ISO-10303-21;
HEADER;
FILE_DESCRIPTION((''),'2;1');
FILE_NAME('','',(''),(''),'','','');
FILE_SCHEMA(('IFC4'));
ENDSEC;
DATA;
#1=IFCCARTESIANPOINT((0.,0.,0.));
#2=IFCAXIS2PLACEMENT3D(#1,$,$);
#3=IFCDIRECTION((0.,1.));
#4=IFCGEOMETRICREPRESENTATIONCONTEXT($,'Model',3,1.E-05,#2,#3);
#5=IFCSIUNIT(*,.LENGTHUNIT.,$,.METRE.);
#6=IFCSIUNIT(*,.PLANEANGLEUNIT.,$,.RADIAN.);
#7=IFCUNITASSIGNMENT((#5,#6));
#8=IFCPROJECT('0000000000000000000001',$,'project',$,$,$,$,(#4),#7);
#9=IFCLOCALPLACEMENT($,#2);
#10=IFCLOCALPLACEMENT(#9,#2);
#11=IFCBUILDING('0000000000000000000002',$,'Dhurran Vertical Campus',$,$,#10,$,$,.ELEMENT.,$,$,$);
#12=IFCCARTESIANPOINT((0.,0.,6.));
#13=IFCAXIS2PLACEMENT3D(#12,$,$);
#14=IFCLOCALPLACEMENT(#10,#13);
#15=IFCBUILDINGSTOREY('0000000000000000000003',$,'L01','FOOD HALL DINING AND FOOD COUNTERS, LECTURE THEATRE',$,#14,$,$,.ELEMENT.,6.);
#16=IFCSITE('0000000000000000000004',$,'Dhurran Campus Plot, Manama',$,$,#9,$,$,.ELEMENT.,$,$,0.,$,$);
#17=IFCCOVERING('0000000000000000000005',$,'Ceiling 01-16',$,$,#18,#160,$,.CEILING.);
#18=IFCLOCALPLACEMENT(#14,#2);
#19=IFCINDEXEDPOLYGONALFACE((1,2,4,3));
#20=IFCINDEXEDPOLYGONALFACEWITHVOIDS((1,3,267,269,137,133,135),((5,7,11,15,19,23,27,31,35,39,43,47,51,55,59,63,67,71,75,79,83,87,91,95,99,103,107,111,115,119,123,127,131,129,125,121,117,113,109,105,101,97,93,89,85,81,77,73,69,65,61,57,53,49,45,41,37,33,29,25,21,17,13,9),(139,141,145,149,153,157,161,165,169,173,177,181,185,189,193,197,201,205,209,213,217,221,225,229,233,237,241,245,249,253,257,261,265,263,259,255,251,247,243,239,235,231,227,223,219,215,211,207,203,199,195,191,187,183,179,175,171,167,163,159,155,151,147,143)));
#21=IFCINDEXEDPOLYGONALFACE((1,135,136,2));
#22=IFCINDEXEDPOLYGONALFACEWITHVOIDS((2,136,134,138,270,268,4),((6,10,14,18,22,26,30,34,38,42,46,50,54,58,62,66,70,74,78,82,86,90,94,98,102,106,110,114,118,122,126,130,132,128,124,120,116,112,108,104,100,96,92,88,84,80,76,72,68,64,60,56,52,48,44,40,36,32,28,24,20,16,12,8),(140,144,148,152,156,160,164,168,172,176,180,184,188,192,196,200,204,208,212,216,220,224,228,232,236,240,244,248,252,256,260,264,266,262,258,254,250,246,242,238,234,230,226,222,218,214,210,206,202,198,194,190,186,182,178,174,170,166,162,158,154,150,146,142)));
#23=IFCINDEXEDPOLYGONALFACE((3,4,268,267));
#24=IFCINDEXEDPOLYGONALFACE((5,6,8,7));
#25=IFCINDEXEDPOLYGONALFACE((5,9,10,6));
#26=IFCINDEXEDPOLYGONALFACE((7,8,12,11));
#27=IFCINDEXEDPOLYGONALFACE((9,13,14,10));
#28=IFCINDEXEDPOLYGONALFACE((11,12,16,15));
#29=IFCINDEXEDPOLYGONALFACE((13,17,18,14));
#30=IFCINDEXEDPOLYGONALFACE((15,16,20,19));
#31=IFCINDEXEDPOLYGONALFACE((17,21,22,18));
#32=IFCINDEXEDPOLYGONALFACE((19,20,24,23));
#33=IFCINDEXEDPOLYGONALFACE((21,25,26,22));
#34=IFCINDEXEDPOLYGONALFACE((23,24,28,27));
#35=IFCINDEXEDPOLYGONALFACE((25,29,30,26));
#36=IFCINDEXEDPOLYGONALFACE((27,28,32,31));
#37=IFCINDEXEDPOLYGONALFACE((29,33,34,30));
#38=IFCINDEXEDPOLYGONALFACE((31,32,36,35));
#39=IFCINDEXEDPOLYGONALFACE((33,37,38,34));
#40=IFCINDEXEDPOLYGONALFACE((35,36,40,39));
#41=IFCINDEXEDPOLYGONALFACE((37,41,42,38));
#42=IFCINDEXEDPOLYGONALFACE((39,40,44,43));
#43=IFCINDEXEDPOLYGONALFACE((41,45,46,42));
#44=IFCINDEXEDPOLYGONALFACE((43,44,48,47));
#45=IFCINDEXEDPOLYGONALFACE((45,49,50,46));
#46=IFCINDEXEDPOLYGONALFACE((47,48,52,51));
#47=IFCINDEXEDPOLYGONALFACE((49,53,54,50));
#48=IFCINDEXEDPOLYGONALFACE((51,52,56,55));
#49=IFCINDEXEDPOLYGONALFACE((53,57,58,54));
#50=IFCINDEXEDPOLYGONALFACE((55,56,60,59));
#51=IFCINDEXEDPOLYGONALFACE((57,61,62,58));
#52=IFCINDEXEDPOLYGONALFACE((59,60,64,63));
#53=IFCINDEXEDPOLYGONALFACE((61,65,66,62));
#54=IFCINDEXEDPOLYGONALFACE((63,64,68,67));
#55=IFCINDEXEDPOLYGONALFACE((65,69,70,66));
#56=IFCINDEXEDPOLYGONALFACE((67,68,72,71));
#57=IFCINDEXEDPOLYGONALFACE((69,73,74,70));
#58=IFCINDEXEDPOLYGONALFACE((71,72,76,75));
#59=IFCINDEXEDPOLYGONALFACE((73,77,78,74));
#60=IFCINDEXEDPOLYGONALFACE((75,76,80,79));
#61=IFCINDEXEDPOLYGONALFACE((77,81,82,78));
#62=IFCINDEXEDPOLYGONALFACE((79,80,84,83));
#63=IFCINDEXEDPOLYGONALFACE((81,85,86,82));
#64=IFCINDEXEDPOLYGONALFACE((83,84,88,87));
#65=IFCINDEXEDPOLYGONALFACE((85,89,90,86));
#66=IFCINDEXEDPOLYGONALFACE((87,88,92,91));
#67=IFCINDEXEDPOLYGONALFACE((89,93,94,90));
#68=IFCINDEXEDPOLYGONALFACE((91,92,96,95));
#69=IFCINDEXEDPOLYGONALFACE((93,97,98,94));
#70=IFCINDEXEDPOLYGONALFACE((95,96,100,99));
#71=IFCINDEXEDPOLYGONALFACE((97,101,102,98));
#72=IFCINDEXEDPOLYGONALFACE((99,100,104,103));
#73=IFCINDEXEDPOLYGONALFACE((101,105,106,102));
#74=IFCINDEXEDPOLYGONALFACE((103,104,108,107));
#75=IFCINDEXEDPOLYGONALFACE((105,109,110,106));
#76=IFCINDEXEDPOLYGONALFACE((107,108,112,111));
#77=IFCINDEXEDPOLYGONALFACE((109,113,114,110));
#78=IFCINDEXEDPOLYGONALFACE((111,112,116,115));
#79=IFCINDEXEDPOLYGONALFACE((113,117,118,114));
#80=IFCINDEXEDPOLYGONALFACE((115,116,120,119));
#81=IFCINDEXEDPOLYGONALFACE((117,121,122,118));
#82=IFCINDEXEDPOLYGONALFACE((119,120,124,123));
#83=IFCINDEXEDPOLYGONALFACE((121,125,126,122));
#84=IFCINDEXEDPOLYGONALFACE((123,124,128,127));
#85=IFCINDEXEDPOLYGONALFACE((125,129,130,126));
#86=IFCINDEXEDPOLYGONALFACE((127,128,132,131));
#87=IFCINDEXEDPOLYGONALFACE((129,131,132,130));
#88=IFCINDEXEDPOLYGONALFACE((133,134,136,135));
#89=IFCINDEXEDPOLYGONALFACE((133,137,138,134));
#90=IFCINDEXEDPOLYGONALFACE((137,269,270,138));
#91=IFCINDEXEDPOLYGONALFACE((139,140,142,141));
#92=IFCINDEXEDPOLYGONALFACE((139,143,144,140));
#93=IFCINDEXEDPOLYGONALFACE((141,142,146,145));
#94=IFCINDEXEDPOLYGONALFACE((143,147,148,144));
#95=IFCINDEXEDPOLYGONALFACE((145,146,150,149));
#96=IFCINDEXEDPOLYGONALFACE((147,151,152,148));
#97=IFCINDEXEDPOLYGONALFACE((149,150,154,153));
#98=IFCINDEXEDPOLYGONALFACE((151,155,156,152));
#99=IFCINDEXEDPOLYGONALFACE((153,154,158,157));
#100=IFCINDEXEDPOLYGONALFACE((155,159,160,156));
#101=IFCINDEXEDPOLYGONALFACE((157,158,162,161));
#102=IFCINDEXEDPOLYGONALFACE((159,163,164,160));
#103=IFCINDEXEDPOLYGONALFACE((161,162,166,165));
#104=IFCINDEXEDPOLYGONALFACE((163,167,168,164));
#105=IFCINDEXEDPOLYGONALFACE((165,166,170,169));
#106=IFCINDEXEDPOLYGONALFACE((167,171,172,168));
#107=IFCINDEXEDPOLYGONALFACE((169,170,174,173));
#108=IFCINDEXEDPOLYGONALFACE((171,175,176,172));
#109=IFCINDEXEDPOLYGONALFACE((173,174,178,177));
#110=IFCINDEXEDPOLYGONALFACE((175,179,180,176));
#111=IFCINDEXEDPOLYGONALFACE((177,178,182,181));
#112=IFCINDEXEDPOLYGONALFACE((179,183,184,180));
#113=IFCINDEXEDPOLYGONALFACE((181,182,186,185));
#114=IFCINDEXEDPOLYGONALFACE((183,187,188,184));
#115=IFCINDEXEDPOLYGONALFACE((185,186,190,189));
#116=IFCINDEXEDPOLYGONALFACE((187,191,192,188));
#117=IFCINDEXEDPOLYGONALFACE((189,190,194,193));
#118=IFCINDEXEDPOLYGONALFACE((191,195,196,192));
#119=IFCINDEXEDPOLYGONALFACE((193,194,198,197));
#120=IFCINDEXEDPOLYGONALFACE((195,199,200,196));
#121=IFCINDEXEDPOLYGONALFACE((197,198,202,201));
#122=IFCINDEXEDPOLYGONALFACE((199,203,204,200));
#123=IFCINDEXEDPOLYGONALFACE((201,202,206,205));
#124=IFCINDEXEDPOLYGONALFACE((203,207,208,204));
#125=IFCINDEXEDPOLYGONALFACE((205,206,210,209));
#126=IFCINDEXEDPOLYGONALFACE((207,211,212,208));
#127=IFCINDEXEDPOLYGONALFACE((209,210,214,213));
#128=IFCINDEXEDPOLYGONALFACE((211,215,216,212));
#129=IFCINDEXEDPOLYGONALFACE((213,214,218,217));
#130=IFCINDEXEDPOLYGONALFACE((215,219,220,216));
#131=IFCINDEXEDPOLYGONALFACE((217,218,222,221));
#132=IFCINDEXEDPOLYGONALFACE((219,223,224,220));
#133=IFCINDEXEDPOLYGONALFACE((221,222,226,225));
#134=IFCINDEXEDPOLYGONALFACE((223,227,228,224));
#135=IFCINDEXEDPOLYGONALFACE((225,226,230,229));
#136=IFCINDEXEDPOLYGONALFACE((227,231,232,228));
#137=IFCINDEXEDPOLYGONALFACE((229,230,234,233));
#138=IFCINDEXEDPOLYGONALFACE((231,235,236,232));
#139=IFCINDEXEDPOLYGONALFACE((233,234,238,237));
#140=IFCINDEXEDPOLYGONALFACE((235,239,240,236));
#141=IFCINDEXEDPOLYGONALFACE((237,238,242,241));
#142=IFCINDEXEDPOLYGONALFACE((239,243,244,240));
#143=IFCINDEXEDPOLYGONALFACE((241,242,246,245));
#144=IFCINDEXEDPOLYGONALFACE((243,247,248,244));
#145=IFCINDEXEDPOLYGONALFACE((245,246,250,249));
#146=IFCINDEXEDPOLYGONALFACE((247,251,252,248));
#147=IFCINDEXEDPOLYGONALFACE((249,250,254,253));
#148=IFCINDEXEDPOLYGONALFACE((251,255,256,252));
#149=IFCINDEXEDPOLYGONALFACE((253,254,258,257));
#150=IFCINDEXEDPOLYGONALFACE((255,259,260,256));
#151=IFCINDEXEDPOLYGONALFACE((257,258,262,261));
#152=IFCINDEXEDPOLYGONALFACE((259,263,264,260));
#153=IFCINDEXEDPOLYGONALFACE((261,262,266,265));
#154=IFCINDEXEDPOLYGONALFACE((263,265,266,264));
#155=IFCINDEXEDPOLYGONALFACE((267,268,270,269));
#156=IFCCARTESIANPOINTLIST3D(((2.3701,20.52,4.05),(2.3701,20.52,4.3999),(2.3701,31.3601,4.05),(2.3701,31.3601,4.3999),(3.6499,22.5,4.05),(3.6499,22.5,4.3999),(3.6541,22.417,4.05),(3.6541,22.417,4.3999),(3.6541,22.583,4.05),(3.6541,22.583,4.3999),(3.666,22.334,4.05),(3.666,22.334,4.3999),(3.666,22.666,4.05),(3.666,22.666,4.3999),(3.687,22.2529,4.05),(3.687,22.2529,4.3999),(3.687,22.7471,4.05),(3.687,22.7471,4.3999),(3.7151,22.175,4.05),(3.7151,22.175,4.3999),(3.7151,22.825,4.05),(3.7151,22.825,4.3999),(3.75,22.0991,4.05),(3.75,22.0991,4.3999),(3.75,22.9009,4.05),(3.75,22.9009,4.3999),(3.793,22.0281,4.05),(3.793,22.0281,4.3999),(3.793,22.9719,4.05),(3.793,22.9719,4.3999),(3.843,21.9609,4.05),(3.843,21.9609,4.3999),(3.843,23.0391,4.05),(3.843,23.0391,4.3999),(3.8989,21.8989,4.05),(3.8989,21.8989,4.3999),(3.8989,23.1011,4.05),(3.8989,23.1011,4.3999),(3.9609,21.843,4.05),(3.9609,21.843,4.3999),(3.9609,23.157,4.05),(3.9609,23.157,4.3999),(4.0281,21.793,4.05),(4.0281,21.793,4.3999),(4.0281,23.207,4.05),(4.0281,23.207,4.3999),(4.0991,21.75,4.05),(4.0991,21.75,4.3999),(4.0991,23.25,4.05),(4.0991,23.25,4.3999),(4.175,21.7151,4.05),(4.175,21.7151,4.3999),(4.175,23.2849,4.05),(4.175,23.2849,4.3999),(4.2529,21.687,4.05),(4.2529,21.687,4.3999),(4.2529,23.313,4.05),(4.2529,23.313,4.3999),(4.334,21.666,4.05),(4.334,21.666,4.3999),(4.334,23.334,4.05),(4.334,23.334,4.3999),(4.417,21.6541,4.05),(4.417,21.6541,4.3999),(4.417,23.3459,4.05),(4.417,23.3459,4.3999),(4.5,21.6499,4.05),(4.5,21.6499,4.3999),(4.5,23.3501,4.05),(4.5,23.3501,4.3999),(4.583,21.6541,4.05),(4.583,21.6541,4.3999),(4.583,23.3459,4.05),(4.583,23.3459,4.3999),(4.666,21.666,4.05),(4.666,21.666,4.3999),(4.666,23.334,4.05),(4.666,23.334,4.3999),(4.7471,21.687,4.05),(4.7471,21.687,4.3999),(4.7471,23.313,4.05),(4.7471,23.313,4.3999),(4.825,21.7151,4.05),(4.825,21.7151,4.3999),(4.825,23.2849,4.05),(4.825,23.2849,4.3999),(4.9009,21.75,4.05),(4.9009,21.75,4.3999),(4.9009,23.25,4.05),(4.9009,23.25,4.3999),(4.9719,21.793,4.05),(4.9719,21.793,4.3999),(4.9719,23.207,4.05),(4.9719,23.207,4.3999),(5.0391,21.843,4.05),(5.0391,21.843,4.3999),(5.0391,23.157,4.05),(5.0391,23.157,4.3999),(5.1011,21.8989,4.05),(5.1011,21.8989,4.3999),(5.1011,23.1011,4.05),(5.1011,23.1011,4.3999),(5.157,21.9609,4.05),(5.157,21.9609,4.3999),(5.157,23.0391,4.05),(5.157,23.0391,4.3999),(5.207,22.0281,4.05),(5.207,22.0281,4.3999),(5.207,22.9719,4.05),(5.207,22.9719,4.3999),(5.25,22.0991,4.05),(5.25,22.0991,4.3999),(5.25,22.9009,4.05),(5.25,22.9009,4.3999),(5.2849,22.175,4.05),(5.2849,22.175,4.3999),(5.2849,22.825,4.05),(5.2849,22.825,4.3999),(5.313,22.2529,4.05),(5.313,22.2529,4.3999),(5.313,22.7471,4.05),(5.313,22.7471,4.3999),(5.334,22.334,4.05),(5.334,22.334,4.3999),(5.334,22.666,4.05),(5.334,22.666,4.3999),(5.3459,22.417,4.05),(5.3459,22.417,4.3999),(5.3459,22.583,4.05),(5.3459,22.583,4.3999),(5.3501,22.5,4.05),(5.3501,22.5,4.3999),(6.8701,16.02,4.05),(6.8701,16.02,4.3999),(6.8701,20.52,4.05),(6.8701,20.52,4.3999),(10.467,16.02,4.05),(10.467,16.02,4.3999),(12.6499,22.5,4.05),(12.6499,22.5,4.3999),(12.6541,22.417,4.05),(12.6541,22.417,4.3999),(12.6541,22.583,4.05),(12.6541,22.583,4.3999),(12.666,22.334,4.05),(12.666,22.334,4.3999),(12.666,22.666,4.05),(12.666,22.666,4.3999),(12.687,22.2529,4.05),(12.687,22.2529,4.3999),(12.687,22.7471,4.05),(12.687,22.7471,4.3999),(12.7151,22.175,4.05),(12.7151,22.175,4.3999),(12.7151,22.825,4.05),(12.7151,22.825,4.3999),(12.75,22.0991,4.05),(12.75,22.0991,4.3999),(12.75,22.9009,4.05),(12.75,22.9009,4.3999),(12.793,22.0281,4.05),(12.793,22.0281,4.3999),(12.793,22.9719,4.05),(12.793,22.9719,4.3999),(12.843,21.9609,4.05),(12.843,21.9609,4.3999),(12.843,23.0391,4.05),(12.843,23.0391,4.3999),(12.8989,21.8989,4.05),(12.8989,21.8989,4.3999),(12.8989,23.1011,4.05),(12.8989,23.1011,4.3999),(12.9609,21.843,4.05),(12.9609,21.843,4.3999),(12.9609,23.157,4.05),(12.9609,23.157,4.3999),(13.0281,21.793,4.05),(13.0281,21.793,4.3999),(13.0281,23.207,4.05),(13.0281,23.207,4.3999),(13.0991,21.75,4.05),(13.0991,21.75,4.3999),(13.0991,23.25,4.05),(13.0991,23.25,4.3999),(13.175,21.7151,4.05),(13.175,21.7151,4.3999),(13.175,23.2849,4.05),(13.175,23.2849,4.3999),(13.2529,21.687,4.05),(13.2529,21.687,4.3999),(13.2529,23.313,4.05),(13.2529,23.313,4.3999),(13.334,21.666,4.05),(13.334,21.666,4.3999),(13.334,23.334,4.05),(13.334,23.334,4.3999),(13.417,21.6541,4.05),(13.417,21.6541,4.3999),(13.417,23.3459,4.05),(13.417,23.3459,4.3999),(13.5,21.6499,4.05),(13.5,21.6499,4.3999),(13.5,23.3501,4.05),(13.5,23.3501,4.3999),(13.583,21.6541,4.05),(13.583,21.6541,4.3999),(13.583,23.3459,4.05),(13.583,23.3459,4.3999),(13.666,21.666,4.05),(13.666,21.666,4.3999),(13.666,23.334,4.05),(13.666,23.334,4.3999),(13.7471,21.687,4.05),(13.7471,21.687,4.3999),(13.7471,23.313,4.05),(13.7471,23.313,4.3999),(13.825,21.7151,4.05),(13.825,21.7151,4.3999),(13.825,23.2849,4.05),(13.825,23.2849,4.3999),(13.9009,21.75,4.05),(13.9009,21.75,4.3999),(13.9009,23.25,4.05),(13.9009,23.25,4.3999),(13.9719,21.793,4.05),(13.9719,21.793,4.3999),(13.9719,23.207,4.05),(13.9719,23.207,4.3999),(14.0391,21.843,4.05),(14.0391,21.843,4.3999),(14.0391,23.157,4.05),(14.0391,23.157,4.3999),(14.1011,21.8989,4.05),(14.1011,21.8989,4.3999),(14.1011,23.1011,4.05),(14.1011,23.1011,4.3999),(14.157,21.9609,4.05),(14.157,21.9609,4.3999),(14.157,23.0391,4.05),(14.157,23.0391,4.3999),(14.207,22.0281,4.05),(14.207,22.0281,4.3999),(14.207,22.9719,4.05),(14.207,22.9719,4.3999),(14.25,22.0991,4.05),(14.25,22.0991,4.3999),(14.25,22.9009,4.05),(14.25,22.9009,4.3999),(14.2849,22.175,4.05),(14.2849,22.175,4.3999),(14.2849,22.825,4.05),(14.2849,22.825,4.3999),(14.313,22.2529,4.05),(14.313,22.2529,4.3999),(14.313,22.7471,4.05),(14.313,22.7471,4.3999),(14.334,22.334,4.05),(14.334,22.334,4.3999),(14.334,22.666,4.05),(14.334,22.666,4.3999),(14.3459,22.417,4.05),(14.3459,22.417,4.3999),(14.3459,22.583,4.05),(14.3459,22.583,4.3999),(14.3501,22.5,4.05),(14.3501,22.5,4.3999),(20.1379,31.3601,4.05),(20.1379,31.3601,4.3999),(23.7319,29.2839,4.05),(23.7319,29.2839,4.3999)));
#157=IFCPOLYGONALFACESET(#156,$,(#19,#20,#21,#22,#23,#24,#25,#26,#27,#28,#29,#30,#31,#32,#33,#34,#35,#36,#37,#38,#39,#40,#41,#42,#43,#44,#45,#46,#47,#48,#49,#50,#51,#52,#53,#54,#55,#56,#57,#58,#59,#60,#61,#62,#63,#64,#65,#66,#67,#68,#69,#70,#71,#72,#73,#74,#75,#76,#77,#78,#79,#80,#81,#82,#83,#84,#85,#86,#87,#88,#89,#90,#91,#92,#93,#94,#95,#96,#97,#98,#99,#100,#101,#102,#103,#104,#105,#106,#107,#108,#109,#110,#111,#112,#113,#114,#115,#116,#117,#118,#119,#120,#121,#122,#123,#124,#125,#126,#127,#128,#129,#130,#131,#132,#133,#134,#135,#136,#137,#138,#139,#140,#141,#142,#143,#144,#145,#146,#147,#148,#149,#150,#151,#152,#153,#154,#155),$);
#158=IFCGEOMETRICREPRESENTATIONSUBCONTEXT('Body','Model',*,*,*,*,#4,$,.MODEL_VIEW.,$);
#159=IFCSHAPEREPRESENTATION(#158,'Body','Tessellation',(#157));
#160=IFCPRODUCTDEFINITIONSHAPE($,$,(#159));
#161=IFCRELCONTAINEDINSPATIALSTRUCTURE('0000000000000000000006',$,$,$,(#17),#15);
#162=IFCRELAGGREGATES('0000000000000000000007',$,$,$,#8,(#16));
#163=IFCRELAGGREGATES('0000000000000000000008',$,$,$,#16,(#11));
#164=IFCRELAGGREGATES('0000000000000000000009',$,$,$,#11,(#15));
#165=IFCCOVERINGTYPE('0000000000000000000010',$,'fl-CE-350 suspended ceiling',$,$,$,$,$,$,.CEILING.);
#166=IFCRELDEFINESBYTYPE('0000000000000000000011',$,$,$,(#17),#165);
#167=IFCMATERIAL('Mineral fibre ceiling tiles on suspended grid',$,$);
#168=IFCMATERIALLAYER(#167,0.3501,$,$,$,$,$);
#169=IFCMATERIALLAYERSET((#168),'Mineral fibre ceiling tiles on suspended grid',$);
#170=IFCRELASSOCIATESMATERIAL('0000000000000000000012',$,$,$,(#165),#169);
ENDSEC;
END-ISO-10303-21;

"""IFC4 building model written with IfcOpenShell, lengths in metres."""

from ifc_helpers import new_model, si_unit, direction, frame, origin, place, context, subcontext, project, spatial, polyline, outline, extrude, material, layer, layer_set, type_object, element, save


model = new_model("IFC4")

# Units and contexts
model_context = context("Model", 3, precision=1e-05, world=origin(), true_north=direction((0.0, 1.0)))
body_context = subcontext(model_context, "Body", "Model", "MODEL_VIEW")
ifc_project = project(units=[si_unit("LENGTHUNIT", "METRE"), si_unit("PLANEANGLEUNIT", "RADIAN")], contexts=[model_context])

# Site, building, storey
site_placement = place(None, origin())
site = spatial("IfcSite", under=ifc_project, at=site_placement, Name="Dhurran Campus Plot, Manama", CompositionType="ELEMENT", RefElevation=0.0)
building_placement = place(site_placement, origin())
building = spatial("IfcBuilding", under=site, at=building_placement, Name="Dhurran Vertical Campus", CompositionType="ELEMENT")
storey_placement = place(building_placement, frame((0.0, 0.0, 6.0)))
storey = spatial("IfcBuildingStorey", under=building, at=storey_placement, Name="L01", Description="FOOD HALL DINING AND FOOD COUNTERS, LECTURE THEATRE", CompositionType="ELEMENT", Elevation=6.0)

# Covering
ifc_material_1 = material(Name="Mineral fibre ceiling tiles on suspended grid")
ifc_layer_1 = layer(ifc_material_1, 0.3501)
ifc_layer_set_1 = layer_set([ifc_layer_1], Name="Mineral fibre ceiling tiles on suspended grid")
covering_type = type_object("IfcCoveringType", Name="fl-CE-350 suspended ceiling", PredefinedType="CEILING", material=ifc_layer_set_1)
covering_1_placement = place(storey_placement, frame((0.0, 0.0, 4.05)))
element("IfcCovering", 1, at=covering_1_placement, inside=storey, type_object=covering_type, Name="Ceiling 01-16", PredefinedType="CEILING", context=body_context, shape_type="SweptSolid", body=[
    extrude(outline(polyline([(10.467, 16.02), (6.8701, 16.02), (6.8701, 20.52), (2.3701, 20.52), (2.3701, 31.3601), (20.1379, 31.3601), (23.7319, 29.2839), (10.467, 16.02)]), holes=[polyline([(5.157, 23.0391), (5.1011, 23.1011), (5.0391, 23.157), (4.9719, 23.207), (4.9009, 23.25), (4.825, 23.2849), (4.7471, 23.313), (4.666, 23.334), (4.583, 23.3459), (4.5, 23.3501), (4.417, 23.3459), (4.334, 23.334), (4.2529, 23.313), (4.175, 23.2849), (4.0991, 23.25), (4.0281, 23.207), (3.9609, 23.157), (3.8989, 23.1011), (3.843, 23.0391), (3.793, 22.9719), (3.75, 22.9009), (3.7151, 22.825), (3.687, 22.7471), (3.666, 22.666), (3.6541, 22.583), (3.6499, 22.5), (3.6541, 22.417), (3.666, 22.334), (3.687, 22.2529), (3.7151, 22.175), (3.75, 22.0991), (3.793, 22.0281), (3.843, 21.9609), (3.8989, 21.8989), (3.9609, 21.843), (4.0281, 21.793), (4.0991, 21.75), (4.175, 21.7151), (4.2529, 21.687), (4.334, 21.666), (4.417, 21.6541), (4.5, 21.6499), (4.583, 21.6541), (4.666, 21.666), (4.7471, 21.687), (4.825, 21.7151), (4.9009, 21.75), (4.9719, 21.793), (5.0391, 21.843), (5.1011, 21.8989), (5.157, 21.9609), (5.207, 22.0281), (5.25, 22.0991), (5.2849, 22.175), (5.313, 22.2529), (5.334, 22.334), (5.3459, 22.417), (5.3501, 22.5), (5.3459, 22.583), (5.334, 22.666), (5.313, 22.7471), (5.2849, 22.825), (5.25, 22.9009), (5.207, 22.9719), (5.157, 23.0391)]), polyline([(14.25, 22.9009), (14.207, 22.9719), (14.157, 23.0391), (14.1011, 23.1011), (14.0391, 23.157), (13.9719, 23.207), (13.9009, 23.25), (13.825, 23.2849), (13.7471, 23.313), (13.666, 23.334), (13.583, 23.3459), (13.5, 23.3501), (13.417, 23.3459), (13.334, 23.334), (13.2529, 23.313), (13.175, 23.2849), (13.0991, 23.25), (13.0281, 23.207), (12.9609, 23.157), (12.8989, 23.1011), (12.843, 23.0391), (12.793, 22.9719), (12.75, 22.9009), (12.7151, 22.825), (12.687, 22.7471), (12.666, 22.666), (12.6541, 22.583), (12.6499, 22.5), (12.6541, 22.417), (12.666, 22.334), (12.687, 22.2529), (12.7151, 22.175), (12.75, 22.0991), (12.793, 22.0281), (12.843, 21.9609), (12.8989, 21.8989), (12.9609, 21.843), (13.0281, 21.793), (13.0991, 21.75), (13.175, 21.7151), (13.2529, 21.687), (13.334, 21.666), (13.417, 21.6541), (13.5, 21.6499), (13.583, 21.6541), (13.666, 21.666), (13.7471, 21.687), (13.825, 21.7151), (13.9009, 21.75), (13.9719, 21.793), (14.0391, 21.843), (14.1011, 21.8989), (14.157, 21.9609), (14.207, 22.0281), (14.25, 22.0991), (14.2849, 22.175), (14.313, 22.2529), (14.334, 22.334), (14.3459, 22.417), (14.3501, 22.5), (14.3459, 22.583), (14.334, 22.666), (14.313, 22.7471), (14.2849, 22.825), (14.25, 22.9009)])]), origin(), (0.0, 0.0, 1.0), 0.3499),
])

save(model, "model.ifc")
